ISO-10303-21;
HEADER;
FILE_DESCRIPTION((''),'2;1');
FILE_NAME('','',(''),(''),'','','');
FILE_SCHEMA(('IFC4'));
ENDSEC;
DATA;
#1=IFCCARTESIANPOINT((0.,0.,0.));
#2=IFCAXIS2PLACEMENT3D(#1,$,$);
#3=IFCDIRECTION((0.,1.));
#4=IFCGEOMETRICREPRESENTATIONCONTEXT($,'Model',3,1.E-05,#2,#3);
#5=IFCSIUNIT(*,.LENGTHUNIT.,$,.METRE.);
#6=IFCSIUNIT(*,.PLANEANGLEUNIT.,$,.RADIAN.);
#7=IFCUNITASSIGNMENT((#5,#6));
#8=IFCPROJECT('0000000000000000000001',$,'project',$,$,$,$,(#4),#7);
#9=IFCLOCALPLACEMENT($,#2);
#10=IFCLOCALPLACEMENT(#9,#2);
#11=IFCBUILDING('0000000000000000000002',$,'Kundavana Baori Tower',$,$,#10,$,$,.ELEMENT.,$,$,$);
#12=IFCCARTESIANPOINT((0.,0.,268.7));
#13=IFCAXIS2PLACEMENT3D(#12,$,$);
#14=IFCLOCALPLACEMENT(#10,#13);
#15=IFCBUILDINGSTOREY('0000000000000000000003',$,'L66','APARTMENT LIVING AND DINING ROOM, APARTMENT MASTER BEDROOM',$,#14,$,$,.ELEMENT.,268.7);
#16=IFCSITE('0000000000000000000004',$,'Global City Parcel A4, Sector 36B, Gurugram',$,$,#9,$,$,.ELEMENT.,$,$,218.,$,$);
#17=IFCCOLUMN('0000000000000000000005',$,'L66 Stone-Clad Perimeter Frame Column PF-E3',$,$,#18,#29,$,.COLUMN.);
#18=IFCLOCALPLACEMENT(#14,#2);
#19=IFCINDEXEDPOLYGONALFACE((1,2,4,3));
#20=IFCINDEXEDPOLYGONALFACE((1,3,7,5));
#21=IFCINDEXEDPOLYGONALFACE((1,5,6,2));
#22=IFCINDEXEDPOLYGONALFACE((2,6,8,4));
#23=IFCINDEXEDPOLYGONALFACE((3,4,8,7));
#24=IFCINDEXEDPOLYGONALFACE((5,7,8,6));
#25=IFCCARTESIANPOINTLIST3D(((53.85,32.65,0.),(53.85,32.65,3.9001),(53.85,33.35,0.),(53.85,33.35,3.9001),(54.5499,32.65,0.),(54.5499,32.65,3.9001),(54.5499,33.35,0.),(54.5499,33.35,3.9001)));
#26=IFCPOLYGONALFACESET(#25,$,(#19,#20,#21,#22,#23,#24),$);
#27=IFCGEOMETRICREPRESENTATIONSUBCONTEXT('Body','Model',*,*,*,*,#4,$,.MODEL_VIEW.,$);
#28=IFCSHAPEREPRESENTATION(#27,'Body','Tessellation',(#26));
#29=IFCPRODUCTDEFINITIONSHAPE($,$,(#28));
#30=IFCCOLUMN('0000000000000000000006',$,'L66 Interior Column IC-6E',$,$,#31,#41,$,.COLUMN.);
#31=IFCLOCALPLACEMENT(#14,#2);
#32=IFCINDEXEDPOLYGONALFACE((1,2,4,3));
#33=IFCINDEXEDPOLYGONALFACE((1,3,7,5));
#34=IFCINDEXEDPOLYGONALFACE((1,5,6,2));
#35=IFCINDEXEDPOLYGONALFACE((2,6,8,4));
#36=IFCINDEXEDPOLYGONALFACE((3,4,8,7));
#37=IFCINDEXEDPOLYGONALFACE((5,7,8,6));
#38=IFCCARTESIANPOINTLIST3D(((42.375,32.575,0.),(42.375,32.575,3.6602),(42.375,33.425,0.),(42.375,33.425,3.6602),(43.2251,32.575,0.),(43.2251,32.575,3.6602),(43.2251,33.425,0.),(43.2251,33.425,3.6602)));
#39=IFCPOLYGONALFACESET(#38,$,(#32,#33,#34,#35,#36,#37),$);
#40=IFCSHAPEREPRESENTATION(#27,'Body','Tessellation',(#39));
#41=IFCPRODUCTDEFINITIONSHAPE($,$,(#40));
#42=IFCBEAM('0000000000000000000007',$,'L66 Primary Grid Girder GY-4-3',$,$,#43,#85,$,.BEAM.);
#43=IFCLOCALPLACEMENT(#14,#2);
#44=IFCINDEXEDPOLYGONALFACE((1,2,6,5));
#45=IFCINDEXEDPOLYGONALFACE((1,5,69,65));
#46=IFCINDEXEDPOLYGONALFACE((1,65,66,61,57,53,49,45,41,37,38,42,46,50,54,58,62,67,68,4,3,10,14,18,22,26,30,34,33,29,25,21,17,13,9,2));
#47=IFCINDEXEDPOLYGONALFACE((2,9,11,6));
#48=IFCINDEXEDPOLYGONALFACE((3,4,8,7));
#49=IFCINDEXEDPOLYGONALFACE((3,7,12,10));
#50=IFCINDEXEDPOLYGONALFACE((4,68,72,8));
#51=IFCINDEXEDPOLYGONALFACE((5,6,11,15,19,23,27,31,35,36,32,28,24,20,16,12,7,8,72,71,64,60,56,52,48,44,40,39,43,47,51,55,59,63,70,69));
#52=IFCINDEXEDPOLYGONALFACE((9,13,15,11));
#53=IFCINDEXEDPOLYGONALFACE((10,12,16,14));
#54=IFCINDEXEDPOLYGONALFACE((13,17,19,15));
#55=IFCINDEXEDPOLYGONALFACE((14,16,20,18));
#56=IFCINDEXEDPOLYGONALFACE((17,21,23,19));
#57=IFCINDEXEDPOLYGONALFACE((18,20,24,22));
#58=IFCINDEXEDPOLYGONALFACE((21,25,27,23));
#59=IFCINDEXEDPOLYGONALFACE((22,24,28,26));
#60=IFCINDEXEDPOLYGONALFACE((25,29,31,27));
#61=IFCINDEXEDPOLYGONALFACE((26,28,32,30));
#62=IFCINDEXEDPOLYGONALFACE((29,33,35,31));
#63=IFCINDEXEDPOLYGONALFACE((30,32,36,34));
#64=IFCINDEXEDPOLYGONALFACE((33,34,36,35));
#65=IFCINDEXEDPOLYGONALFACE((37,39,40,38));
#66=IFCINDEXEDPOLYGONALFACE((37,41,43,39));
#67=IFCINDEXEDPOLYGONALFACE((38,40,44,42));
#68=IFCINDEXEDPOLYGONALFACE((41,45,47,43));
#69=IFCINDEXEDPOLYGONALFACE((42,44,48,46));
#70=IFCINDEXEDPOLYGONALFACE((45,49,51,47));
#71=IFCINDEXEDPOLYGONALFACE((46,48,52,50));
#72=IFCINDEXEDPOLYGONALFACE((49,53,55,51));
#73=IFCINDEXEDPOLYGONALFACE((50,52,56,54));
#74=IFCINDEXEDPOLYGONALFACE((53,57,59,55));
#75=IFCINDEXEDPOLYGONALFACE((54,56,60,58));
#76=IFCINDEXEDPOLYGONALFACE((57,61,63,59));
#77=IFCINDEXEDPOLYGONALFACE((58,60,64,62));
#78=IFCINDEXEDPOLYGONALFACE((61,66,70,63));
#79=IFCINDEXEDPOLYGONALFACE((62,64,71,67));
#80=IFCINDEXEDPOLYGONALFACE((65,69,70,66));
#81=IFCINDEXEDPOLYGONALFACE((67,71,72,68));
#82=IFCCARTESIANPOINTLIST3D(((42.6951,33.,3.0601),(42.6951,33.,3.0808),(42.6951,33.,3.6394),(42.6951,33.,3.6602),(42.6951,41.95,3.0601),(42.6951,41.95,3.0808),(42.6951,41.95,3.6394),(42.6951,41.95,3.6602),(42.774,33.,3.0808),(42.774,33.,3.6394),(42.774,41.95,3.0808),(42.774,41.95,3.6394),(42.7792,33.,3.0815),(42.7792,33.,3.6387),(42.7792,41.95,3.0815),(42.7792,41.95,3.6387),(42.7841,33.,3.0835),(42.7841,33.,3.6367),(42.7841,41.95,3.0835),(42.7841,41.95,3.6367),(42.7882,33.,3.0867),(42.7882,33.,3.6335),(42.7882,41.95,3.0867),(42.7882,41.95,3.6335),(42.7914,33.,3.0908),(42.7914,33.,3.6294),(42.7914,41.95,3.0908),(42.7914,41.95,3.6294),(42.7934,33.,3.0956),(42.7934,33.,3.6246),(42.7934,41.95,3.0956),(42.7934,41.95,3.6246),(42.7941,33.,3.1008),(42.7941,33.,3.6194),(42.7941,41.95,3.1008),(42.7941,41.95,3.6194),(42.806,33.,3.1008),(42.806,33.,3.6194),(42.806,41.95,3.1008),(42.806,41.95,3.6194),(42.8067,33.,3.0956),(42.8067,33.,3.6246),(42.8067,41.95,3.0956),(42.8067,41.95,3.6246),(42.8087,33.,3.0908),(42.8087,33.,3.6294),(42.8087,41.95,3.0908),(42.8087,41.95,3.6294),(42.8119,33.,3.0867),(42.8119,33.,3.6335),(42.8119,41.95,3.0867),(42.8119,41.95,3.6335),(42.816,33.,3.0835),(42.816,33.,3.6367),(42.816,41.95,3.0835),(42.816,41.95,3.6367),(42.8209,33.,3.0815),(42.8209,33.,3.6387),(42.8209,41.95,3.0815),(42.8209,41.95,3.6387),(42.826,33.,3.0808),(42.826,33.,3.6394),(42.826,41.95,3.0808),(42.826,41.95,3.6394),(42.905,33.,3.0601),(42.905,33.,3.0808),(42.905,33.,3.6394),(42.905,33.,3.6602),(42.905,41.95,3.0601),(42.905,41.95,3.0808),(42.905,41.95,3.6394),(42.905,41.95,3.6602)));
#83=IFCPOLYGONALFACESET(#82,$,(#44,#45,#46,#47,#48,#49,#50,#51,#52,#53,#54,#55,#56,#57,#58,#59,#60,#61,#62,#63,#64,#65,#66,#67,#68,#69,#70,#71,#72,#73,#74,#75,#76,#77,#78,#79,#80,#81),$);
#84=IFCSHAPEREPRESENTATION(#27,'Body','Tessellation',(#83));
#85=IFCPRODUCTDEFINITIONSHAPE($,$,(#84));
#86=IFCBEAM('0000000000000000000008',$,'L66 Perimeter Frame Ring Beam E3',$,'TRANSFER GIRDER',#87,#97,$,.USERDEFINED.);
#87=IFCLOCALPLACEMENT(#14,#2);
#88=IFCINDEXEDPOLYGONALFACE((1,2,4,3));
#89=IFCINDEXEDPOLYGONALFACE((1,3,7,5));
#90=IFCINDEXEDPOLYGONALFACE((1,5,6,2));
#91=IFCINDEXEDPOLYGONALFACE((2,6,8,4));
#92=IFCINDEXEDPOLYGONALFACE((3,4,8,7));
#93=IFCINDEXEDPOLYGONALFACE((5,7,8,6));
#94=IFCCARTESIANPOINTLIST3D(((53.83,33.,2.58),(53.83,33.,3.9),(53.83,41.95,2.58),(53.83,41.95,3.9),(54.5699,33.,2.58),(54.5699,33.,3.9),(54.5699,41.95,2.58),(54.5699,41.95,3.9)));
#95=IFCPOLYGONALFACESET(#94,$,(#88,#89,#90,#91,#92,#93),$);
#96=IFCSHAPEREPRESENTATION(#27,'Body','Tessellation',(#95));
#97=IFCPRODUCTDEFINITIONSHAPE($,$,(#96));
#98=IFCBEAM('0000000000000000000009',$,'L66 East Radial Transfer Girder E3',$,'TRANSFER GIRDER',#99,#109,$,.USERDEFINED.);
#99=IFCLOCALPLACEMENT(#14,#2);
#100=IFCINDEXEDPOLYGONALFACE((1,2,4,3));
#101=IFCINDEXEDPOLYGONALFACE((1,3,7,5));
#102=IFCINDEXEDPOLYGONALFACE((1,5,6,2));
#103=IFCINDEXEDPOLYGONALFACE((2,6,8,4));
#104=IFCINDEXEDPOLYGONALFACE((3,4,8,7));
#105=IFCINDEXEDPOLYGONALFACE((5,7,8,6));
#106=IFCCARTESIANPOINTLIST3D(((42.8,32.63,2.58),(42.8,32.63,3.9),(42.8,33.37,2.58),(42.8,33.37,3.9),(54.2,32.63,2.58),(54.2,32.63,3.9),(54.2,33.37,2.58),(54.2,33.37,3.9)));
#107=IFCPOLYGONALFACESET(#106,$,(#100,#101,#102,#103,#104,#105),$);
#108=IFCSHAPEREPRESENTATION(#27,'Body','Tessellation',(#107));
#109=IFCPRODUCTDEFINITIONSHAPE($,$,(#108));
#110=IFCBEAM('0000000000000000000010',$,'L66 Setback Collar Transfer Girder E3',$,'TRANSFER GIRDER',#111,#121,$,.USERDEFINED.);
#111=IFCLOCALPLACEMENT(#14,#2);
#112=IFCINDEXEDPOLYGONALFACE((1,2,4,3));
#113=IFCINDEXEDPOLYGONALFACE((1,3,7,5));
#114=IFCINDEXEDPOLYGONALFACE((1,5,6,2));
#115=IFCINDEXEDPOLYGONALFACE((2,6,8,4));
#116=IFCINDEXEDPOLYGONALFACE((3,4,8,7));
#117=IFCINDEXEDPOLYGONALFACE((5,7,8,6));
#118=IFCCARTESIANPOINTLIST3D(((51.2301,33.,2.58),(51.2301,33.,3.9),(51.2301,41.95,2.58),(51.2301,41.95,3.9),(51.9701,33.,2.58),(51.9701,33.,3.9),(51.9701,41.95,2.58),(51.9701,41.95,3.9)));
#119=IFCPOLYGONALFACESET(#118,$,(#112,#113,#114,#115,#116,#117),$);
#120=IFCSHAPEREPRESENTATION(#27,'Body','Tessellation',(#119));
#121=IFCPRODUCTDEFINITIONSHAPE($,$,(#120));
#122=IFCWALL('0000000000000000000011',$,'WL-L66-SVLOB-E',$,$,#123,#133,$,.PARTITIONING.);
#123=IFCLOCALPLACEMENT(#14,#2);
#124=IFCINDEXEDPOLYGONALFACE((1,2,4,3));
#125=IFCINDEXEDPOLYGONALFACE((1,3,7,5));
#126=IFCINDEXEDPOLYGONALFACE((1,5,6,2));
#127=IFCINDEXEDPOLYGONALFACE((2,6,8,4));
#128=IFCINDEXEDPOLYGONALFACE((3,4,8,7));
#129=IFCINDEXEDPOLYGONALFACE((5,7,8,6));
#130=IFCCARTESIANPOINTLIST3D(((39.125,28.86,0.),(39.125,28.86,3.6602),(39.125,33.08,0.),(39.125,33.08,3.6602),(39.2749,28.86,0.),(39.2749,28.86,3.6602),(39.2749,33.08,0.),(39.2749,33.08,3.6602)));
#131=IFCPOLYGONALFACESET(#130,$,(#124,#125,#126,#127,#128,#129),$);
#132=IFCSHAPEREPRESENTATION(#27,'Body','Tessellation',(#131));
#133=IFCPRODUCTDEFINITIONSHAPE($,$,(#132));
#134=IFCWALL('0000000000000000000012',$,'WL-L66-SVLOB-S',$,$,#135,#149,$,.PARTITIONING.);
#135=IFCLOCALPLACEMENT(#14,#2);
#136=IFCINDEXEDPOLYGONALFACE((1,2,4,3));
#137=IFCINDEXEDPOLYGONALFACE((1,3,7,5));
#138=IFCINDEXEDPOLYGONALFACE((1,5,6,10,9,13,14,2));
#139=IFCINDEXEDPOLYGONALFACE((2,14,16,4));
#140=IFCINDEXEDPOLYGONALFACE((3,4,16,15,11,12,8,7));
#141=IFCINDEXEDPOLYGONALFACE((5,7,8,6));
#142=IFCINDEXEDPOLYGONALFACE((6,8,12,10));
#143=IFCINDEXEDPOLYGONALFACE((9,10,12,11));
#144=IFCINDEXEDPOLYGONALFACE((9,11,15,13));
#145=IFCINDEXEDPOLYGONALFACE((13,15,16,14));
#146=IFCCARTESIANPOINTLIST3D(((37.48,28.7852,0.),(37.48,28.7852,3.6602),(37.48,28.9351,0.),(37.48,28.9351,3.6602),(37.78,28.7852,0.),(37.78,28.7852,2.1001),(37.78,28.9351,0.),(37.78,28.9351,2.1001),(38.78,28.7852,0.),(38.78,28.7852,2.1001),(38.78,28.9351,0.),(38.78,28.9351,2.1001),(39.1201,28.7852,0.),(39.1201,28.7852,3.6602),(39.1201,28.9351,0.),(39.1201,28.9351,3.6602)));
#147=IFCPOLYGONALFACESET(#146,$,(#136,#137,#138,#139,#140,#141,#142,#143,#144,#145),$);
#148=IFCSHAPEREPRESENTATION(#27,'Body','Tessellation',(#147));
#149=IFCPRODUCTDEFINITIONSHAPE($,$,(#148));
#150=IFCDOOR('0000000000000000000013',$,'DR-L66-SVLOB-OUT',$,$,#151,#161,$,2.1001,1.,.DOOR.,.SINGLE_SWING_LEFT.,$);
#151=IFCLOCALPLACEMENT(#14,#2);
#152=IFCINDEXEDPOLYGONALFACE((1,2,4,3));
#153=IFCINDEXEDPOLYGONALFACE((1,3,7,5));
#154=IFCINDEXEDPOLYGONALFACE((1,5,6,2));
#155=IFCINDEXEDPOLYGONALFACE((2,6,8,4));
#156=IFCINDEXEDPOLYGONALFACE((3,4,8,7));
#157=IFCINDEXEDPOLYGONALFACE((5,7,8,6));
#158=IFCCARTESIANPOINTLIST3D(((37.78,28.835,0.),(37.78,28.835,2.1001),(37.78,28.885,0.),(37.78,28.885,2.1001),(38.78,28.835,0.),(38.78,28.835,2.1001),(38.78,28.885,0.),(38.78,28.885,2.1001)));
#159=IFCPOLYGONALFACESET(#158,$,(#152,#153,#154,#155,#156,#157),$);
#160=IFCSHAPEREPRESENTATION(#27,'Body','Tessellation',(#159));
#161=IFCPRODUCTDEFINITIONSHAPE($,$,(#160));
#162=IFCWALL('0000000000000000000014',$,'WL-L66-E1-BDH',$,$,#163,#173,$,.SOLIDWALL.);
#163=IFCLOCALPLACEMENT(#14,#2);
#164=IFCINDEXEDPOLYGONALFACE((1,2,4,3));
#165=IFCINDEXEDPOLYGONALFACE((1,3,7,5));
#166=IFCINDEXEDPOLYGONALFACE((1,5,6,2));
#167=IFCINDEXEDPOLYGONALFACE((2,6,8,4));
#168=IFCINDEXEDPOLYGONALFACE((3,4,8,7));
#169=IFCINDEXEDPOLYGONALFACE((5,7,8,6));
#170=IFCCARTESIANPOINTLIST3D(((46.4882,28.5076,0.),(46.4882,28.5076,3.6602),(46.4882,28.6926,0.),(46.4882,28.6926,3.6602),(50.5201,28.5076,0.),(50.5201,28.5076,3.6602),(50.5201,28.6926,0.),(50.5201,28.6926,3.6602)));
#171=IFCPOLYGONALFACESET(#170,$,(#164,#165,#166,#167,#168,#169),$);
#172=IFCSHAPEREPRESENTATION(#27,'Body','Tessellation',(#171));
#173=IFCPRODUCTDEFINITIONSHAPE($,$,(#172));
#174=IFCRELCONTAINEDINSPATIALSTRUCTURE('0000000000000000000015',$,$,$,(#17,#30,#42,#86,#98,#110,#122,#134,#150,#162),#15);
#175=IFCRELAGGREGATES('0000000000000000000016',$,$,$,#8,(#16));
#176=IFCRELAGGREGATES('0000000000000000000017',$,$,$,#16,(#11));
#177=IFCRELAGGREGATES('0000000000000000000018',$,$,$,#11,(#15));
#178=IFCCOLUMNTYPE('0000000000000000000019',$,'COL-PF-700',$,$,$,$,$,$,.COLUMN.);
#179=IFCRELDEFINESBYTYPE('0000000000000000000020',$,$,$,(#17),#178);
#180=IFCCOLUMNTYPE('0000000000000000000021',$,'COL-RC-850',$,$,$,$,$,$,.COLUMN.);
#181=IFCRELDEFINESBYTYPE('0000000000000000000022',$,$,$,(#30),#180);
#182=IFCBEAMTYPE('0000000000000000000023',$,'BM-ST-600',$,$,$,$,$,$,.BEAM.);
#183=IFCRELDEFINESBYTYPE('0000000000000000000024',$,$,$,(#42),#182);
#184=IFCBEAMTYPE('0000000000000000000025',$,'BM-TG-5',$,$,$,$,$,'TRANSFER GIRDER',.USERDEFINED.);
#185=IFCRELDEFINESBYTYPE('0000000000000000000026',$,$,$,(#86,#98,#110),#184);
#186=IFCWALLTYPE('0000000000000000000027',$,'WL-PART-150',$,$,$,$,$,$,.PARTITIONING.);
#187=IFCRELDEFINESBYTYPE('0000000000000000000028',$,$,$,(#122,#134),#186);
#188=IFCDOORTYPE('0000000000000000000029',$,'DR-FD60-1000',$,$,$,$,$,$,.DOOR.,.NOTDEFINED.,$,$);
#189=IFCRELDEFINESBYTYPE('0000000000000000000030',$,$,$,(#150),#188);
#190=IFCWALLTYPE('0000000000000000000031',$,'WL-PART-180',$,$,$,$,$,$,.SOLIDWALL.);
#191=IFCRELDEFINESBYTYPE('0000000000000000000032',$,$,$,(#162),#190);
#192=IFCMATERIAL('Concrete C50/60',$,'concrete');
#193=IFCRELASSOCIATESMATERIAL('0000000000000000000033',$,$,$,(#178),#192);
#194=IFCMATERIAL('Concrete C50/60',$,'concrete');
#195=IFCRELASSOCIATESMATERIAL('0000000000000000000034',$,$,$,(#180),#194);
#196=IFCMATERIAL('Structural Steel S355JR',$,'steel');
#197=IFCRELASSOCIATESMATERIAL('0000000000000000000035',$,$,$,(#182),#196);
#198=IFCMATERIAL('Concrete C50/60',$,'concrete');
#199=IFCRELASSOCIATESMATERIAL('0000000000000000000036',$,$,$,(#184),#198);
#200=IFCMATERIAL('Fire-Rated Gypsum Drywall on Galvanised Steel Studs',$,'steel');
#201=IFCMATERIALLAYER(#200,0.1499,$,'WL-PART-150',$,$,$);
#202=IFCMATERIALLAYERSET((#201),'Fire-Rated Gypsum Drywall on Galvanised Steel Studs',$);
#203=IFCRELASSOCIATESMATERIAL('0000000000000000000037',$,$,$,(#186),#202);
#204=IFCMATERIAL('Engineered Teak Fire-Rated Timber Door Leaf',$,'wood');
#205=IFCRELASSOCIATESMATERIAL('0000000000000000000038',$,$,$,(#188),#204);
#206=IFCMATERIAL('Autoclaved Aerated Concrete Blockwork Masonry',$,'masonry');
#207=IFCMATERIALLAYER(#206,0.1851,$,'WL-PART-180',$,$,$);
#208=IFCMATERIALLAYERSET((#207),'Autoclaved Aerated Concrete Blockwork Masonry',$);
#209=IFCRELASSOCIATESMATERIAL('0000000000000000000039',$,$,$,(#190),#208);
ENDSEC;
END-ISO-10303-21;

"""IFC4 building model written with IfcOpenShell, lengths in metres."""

from ifc_helpers import new_model, si_unit, direction, frame, frame_2d, origin, origin_2d, place, context, subcontext, project, spatial, rectangle, i_section, extrude, material, layer, layer_set, material_profile, profile_set, type_object, element, fill, save


model = new_model("IFC4")

# Units and contexts
model_context = context("Model", 3, precision=1e-05, world=origin(), true_north=direction((0.0, 1.0)))
body_context = subcontext(model_context, "Body", "Model", "MODEL_VIEW")
ifc_project = project(units=[si_unit("LENGTHUNIT", "METRE"), si_unit("PLANEANGLEUNIT", "RADIAN")], contexts=[model_context])

# Site, building, storey
site_placement = place(None, origin())
site = spatial("IfcSite", under=ifc_project, at=site_placement, Name="Global City Parcel A4, Sector 36B, Gurugram", CompositionType="ELEMENT", RefElevation=218.0)
building_placement = place(site_placement, origin())
building = spatial("IfcBuilding", under=site, at=building_placement, Name="Kundavana Baori Tower", CompositionType="ELEMENT")
storey_placement = place(building_placement, frame((0.0, 0.0, 268.7)))
storey = spatial("IfcBuildingStorey", under=building, at=storey_placement, Name="L66", Description="APARTMENT LIVING AND DINING ROOM, APARTMENT MASTER BEDROOM", CompositionType="ELEMENT", Elevation=268.7)

# Columns
ifc_material_1 = material(Name="Concrete C50/60", Category="concrete")
ifc_material_profile_1 = material_profile(ifc_material_1, rectangle(XDim=0.7, YDim=0.7, at=origin_2d()), Name="RC PF 700x700")
ifc_profile_set_1 = profile_set([ifc_material_profile_1], Name="Concrete C50/60")
column_type_1 = type_object("IfcColumnType", Name="COL-PF-700", PredefinedType="COLUMN", material=ifc_profile_set_1)
column_1_placement = place(storey_placement, frame((54.2, 33.0, 0.0), z_axis=(0.0, 0.0, 1.0), x_axis=(1.0, 0.0, 0.0)))
element("IfcColumn", 1, at=column_1_placement, inside=storey, type_object=column_type_1, Name="L66 Stone-Clad Perimeter Frame Column PF-E3", PredefinedType="COLUMN", context=body_context, shape_type="SweptSolid", body=[
    extrude(rectangle(XDim=0.7, YDim=0.7, at=origin_2d()), origin(), (0.0, 0.0, 1.0), 3.9001),
])
ifc_material_2 = material(Name="Concrete C50/60", Category="concrete")
ifc_material_profile_2 = material_profile(ifc_material_2, rectangle(XDim=0.8501, YDim=0.8501, at=origin_2d()), Name="RC 850x850")
ifc_profile_set_2 = profile_set([ifc_material_profile_2], Name="Concrete C50/60")
column_type_2 = type_object("IfcColumnType", Name="COL-RC-850", PredefinedType="COLUMN", material=ifc_profile_set_2)
column_2_placement = place(storey_placement, frame((42.8, 33.0, 0.0), z_axis=(0.0, 0.0, 1.0), x_axis=(1.0, 0.0, 0.0)))
element("IfcColumn", 2, at=column_2_placement, inside=storey, type_object=column_type_2, Name="L66 Interior Column IC-6E", PredefinedType="COLUMN", context=body_context, shape_type="SweptSolid", body=[
    extrude(rectangle(XDim=0.8501, YDim=0.8501, at=origin_2d()), origin(), (0.0, 0.0, 1.0), 3.6602),
])

# Beams
ifc_material_3 = material(Name="Structural Steel S355JR", Category="steel")
ifc_material_profile_3 = material_profile(ifc_material_3, i_section(OverallWidth=0.21, OverallDepth=0.6001, WebThickness=0.012, FlangeThickness=0.0208, FilletRadius=0.02, at=origin_2d()), Name="ISMB 600")
ifc_profile_set_3 = profile_set([ifc_material_profile_3], Name="Structural Steel S355JR")
beam_type_1 = type_object("IfcBeamType", Name="BM-ST-600", PredefinedType="BEAM", material=ifc_profile_set_3)
beam_1_placement = place(storey_placement, frame((42.8, 33.0, 3.3601), z_axis=(0.0, 1.0, 0.0), x_axis=(-1.0, 0.0, 0.0)))
element("IfcBeam", 3, at=beam_1_placement, inside=storey, type_object=beam_type_1, Name="L66 Primary Grid Girder GY-4-3", PredefinedType="BEAM", context=body_context, shape_type="SweptSolid", body=[
    extrude(i_section(OverallWidth=0.21, OverallDepth=0.6001, WebThickness=0.012, FlangeThickness=0.0208, FilletRadius=0.02, at=origin_2d()), origin(), (0.0, 0.0, 1.0), 8.95),
])
ifc_material_4 = material(Name="Concrete C50/60", Category="concrete")
ifc_material_profile_4 = material_profile(ifc_material_4, rectangle(XDim=0.74, YDim=1.3201, at=origin_2d()), Name="BM-TG-5")
ifc_profile_set_4 = profile_set([ifc_material_profile_4], Name="Concrete C50/60")
beam_type_2 = type_object("IfcBeamType", Name="BM-TG-5", ElementType="TRANSFER GIRDER", PredefinedType="USERDEFINED", material=ifc_profile_set_4)
beam_2_placement = place(storey_placement, frame((54.2, 33.0, 3.24), z_axis=(0.0, 1.0, 0.0), x_axis=(-1.0, 0.0, 0.0)))
element("IfcBeam", 4, at=beam_2_placement, inside=storey, type_object=beam_type_2, Name="L66 Perimeter Frame Ring Beam E3", ObjectType="TRANSFER GIRDER", PredefinedType="USERDEFINED", context=body_context, shape_type="SweptSolid", body=[
    extrude(rectangle(XDim=0.74, YDim=1.3201, at=origin_2d()), origin(), (0.0, 0.0, 1.0), 8.95),
])
beam_3_placement = place(storey_placement, frame((42.8, 33.0, 3.24), z_axis=(1.0, 0.0, 0.0), x_axis=(0.0, 1.0, 0.0)))
element("IfcBeam", 5, at=beam_3_placement, inside=storey, type_object=beam_type_2, Name="L66 East Radial Transfer Girder E3", ObjectType="TRANSFER GIRDER", PredefinedType="USERDEFINED", context=body_context, shape_type="SweptSolid", body=[
    extrude(rectangle(XDim=0.74, YDim=1.3201, at=origin_2d()), origin(), (0.0, 0.0, 1.0), 11.3999),
])
beam_4_placement = place(storey_placement, frame((51.6001, 33.0, 3.24), z_axis=(0.0, 1.0, 0.0), x_axis=(-1.0, 0.0, 0.0)))
element("IfcBeam", 6, at=beam_4_placement, inside=storey, type_object=beam_type_2, Name="L66 Setback Collar Transfer Girder E3", ObjectType="TRANSFER GIRDER", PredefinedType="USERDEFINED", context=body_context, shape_type="SweptSolid", body=[
    extrude(rectangle(XDim=0.74, YDim=1.3201, at=origin_2d()), origin(), (0.0, 0.0, 1.0), 8.95),
])

# Wall
ifc_material_5 = material(Name="Fire-Rated Gypsum Drywall on Galvanised Steel Studs", Category="steel")
ifc_layer_1 = layer(ifc_material_5, 0.1499, Name="WL-PART-150")
ifc_layer_set_1 = layer_set([ifc_layer_1], Name="Fire-Rated Gypsum Drywall on Galvanised Steel Studs")
wall_type_1 = type_object("IfcWallType", Name="WL-PART-150", PredefinedType="PARTITIONING", material=ifc_layer_set_1)
wall_1_placement = place(storey_placement, frame((39.2, 28.8601, 0.0), z_axis=(0.0, 0.0, 1.0), x_axis=(0.0, 1.0, 0.0)))
element("IfcWall", 7, at=wall_1_placement, inside=storey, type_object=wall_type_1, Name="WL-L66-SVLOB-E", PredefinedType="PARTITIONING", context=body_context, shape_type="SweptSolid", body=[
    extrude(rectangle(XDim=4.22, YDim=0.1499, at=frame_2d((2.1099, 0.0))), origin(), (0.0, 0.0, 1.0), 3.6602),
])

# Wall, opening, door
wall_2_placement = place(storey_placement, frame((37.48, 28.8601, 0.0), z_axis=(0.0, 0.0, 1.0), x_axis=(1.0, 0.0, 0.0)))
wall_2 = element("IfcWall", 8, at=wall_2_placement, inside=storey, type_object=wall_type_1, Name="WL-L66-SVLOB-S", PredefinedType="PARTITIONING", context=body_context, shape_type="SweptSolid", body=[
    extrude(rectangle(XDim=1.6401, YDim=0.1499, at=frame_2d((0.8201, 0.0))), origin(), (0.0, 0.0, 1.0), 3.6602),
])
opening_1_placement = place(wall_2_placement, frame((0.3, 0.0, 0.0)))
opening_1 = element("IfcOpeningElement", 9, at=opening_1_placement, cuts=wall_2, PredefinedType="OPENING", context=body_context, shape_type="SweptSolid", body=[
    extrude(rectangle(XDim=1.0, YDim=2.1001, at=frame_2d((0.5, 1.05))), frame((0.0, 0.085, 0.0), z_axis=(0.0, -1.0, 0.0), x_axis=(1.0, 0.0, 0.0)), (0.0, 0.0, 1.0), 0.1699),
])
ifc_material_6 = material(Name="Engineered Teak Fire-Rated Timber Door Leaf", Category="wood")
door_type_1 = type_object("IfcDoorType", Name="DR-FD60-1000", OperationType="NOTDEFINED", PredefinedType="DOOR", material=ifc_material_6)
door_1_placement = place(opening_1_placement, origin())
door_1 = element("IfcDoor", 10, at=door_1_placement, inside=storey, type_object=door_type_1, Name="DR-L66-SVLOB-OUT", OperationType="SINGLE_SWING_LEFT", OverallHeight=2.1001, OverallWidth=1.0, PredefinedType="DOOR", context=body_context, shape_type="SweptSolid", body=[
    extrude(rectangle(XDim=1.0, YDim=2.1001, at=frame_2d((0.5, 1.05))), frame((0.0, 0.0249, 0.0), z_axis=(0.0, -1.0, 0.0), x_axis=(1.0, 0.0, 0.0)), (0.0, 0.0, 1.0), 0.05),
])
fill(opening_1, door_1)

# Wall
ifc_material_7 = material(Name="Autoclaved Aerated Concrete Blockwork Masonry", Category="masonry")
ifc_layer_2 = layer(ifc_material_7, 0.1851, Name="WL-PART-180")
ifc_layer_set_2 = layer_set([ifc_layer_2], Name="Autoclaved Aerated Concrete Blockwork Masonry")
wall_type_2 = type_object("IfcWallType", Name="WL-PART-180", PredefinedType="SOLIDWALL", material=ifc_layer_set_2)
wall_3_placement = place(storey_placement, frame((46.488, 28.6001, 0.0), z_axis=(0.0, 0.0, 1.0), x_axis=(1.0, 0.0, 0.0)))
element("IfcWall", 11, at=wall_3_placement, inside=storey, type_object=wall_type_2, Name="WL-L66-E1-BDH", PredefinedType="SOLIDWALL", context=body_context, shape_type="SweptSolid", body=[
    extrude(rectangle(XDim=4.032, YDim=0.1851, at=frame_2d((2.0161, 0.0))), origin(), (0.0, 0.0, 1.0), 3.6602),
])

save(model, "model.ifc")
